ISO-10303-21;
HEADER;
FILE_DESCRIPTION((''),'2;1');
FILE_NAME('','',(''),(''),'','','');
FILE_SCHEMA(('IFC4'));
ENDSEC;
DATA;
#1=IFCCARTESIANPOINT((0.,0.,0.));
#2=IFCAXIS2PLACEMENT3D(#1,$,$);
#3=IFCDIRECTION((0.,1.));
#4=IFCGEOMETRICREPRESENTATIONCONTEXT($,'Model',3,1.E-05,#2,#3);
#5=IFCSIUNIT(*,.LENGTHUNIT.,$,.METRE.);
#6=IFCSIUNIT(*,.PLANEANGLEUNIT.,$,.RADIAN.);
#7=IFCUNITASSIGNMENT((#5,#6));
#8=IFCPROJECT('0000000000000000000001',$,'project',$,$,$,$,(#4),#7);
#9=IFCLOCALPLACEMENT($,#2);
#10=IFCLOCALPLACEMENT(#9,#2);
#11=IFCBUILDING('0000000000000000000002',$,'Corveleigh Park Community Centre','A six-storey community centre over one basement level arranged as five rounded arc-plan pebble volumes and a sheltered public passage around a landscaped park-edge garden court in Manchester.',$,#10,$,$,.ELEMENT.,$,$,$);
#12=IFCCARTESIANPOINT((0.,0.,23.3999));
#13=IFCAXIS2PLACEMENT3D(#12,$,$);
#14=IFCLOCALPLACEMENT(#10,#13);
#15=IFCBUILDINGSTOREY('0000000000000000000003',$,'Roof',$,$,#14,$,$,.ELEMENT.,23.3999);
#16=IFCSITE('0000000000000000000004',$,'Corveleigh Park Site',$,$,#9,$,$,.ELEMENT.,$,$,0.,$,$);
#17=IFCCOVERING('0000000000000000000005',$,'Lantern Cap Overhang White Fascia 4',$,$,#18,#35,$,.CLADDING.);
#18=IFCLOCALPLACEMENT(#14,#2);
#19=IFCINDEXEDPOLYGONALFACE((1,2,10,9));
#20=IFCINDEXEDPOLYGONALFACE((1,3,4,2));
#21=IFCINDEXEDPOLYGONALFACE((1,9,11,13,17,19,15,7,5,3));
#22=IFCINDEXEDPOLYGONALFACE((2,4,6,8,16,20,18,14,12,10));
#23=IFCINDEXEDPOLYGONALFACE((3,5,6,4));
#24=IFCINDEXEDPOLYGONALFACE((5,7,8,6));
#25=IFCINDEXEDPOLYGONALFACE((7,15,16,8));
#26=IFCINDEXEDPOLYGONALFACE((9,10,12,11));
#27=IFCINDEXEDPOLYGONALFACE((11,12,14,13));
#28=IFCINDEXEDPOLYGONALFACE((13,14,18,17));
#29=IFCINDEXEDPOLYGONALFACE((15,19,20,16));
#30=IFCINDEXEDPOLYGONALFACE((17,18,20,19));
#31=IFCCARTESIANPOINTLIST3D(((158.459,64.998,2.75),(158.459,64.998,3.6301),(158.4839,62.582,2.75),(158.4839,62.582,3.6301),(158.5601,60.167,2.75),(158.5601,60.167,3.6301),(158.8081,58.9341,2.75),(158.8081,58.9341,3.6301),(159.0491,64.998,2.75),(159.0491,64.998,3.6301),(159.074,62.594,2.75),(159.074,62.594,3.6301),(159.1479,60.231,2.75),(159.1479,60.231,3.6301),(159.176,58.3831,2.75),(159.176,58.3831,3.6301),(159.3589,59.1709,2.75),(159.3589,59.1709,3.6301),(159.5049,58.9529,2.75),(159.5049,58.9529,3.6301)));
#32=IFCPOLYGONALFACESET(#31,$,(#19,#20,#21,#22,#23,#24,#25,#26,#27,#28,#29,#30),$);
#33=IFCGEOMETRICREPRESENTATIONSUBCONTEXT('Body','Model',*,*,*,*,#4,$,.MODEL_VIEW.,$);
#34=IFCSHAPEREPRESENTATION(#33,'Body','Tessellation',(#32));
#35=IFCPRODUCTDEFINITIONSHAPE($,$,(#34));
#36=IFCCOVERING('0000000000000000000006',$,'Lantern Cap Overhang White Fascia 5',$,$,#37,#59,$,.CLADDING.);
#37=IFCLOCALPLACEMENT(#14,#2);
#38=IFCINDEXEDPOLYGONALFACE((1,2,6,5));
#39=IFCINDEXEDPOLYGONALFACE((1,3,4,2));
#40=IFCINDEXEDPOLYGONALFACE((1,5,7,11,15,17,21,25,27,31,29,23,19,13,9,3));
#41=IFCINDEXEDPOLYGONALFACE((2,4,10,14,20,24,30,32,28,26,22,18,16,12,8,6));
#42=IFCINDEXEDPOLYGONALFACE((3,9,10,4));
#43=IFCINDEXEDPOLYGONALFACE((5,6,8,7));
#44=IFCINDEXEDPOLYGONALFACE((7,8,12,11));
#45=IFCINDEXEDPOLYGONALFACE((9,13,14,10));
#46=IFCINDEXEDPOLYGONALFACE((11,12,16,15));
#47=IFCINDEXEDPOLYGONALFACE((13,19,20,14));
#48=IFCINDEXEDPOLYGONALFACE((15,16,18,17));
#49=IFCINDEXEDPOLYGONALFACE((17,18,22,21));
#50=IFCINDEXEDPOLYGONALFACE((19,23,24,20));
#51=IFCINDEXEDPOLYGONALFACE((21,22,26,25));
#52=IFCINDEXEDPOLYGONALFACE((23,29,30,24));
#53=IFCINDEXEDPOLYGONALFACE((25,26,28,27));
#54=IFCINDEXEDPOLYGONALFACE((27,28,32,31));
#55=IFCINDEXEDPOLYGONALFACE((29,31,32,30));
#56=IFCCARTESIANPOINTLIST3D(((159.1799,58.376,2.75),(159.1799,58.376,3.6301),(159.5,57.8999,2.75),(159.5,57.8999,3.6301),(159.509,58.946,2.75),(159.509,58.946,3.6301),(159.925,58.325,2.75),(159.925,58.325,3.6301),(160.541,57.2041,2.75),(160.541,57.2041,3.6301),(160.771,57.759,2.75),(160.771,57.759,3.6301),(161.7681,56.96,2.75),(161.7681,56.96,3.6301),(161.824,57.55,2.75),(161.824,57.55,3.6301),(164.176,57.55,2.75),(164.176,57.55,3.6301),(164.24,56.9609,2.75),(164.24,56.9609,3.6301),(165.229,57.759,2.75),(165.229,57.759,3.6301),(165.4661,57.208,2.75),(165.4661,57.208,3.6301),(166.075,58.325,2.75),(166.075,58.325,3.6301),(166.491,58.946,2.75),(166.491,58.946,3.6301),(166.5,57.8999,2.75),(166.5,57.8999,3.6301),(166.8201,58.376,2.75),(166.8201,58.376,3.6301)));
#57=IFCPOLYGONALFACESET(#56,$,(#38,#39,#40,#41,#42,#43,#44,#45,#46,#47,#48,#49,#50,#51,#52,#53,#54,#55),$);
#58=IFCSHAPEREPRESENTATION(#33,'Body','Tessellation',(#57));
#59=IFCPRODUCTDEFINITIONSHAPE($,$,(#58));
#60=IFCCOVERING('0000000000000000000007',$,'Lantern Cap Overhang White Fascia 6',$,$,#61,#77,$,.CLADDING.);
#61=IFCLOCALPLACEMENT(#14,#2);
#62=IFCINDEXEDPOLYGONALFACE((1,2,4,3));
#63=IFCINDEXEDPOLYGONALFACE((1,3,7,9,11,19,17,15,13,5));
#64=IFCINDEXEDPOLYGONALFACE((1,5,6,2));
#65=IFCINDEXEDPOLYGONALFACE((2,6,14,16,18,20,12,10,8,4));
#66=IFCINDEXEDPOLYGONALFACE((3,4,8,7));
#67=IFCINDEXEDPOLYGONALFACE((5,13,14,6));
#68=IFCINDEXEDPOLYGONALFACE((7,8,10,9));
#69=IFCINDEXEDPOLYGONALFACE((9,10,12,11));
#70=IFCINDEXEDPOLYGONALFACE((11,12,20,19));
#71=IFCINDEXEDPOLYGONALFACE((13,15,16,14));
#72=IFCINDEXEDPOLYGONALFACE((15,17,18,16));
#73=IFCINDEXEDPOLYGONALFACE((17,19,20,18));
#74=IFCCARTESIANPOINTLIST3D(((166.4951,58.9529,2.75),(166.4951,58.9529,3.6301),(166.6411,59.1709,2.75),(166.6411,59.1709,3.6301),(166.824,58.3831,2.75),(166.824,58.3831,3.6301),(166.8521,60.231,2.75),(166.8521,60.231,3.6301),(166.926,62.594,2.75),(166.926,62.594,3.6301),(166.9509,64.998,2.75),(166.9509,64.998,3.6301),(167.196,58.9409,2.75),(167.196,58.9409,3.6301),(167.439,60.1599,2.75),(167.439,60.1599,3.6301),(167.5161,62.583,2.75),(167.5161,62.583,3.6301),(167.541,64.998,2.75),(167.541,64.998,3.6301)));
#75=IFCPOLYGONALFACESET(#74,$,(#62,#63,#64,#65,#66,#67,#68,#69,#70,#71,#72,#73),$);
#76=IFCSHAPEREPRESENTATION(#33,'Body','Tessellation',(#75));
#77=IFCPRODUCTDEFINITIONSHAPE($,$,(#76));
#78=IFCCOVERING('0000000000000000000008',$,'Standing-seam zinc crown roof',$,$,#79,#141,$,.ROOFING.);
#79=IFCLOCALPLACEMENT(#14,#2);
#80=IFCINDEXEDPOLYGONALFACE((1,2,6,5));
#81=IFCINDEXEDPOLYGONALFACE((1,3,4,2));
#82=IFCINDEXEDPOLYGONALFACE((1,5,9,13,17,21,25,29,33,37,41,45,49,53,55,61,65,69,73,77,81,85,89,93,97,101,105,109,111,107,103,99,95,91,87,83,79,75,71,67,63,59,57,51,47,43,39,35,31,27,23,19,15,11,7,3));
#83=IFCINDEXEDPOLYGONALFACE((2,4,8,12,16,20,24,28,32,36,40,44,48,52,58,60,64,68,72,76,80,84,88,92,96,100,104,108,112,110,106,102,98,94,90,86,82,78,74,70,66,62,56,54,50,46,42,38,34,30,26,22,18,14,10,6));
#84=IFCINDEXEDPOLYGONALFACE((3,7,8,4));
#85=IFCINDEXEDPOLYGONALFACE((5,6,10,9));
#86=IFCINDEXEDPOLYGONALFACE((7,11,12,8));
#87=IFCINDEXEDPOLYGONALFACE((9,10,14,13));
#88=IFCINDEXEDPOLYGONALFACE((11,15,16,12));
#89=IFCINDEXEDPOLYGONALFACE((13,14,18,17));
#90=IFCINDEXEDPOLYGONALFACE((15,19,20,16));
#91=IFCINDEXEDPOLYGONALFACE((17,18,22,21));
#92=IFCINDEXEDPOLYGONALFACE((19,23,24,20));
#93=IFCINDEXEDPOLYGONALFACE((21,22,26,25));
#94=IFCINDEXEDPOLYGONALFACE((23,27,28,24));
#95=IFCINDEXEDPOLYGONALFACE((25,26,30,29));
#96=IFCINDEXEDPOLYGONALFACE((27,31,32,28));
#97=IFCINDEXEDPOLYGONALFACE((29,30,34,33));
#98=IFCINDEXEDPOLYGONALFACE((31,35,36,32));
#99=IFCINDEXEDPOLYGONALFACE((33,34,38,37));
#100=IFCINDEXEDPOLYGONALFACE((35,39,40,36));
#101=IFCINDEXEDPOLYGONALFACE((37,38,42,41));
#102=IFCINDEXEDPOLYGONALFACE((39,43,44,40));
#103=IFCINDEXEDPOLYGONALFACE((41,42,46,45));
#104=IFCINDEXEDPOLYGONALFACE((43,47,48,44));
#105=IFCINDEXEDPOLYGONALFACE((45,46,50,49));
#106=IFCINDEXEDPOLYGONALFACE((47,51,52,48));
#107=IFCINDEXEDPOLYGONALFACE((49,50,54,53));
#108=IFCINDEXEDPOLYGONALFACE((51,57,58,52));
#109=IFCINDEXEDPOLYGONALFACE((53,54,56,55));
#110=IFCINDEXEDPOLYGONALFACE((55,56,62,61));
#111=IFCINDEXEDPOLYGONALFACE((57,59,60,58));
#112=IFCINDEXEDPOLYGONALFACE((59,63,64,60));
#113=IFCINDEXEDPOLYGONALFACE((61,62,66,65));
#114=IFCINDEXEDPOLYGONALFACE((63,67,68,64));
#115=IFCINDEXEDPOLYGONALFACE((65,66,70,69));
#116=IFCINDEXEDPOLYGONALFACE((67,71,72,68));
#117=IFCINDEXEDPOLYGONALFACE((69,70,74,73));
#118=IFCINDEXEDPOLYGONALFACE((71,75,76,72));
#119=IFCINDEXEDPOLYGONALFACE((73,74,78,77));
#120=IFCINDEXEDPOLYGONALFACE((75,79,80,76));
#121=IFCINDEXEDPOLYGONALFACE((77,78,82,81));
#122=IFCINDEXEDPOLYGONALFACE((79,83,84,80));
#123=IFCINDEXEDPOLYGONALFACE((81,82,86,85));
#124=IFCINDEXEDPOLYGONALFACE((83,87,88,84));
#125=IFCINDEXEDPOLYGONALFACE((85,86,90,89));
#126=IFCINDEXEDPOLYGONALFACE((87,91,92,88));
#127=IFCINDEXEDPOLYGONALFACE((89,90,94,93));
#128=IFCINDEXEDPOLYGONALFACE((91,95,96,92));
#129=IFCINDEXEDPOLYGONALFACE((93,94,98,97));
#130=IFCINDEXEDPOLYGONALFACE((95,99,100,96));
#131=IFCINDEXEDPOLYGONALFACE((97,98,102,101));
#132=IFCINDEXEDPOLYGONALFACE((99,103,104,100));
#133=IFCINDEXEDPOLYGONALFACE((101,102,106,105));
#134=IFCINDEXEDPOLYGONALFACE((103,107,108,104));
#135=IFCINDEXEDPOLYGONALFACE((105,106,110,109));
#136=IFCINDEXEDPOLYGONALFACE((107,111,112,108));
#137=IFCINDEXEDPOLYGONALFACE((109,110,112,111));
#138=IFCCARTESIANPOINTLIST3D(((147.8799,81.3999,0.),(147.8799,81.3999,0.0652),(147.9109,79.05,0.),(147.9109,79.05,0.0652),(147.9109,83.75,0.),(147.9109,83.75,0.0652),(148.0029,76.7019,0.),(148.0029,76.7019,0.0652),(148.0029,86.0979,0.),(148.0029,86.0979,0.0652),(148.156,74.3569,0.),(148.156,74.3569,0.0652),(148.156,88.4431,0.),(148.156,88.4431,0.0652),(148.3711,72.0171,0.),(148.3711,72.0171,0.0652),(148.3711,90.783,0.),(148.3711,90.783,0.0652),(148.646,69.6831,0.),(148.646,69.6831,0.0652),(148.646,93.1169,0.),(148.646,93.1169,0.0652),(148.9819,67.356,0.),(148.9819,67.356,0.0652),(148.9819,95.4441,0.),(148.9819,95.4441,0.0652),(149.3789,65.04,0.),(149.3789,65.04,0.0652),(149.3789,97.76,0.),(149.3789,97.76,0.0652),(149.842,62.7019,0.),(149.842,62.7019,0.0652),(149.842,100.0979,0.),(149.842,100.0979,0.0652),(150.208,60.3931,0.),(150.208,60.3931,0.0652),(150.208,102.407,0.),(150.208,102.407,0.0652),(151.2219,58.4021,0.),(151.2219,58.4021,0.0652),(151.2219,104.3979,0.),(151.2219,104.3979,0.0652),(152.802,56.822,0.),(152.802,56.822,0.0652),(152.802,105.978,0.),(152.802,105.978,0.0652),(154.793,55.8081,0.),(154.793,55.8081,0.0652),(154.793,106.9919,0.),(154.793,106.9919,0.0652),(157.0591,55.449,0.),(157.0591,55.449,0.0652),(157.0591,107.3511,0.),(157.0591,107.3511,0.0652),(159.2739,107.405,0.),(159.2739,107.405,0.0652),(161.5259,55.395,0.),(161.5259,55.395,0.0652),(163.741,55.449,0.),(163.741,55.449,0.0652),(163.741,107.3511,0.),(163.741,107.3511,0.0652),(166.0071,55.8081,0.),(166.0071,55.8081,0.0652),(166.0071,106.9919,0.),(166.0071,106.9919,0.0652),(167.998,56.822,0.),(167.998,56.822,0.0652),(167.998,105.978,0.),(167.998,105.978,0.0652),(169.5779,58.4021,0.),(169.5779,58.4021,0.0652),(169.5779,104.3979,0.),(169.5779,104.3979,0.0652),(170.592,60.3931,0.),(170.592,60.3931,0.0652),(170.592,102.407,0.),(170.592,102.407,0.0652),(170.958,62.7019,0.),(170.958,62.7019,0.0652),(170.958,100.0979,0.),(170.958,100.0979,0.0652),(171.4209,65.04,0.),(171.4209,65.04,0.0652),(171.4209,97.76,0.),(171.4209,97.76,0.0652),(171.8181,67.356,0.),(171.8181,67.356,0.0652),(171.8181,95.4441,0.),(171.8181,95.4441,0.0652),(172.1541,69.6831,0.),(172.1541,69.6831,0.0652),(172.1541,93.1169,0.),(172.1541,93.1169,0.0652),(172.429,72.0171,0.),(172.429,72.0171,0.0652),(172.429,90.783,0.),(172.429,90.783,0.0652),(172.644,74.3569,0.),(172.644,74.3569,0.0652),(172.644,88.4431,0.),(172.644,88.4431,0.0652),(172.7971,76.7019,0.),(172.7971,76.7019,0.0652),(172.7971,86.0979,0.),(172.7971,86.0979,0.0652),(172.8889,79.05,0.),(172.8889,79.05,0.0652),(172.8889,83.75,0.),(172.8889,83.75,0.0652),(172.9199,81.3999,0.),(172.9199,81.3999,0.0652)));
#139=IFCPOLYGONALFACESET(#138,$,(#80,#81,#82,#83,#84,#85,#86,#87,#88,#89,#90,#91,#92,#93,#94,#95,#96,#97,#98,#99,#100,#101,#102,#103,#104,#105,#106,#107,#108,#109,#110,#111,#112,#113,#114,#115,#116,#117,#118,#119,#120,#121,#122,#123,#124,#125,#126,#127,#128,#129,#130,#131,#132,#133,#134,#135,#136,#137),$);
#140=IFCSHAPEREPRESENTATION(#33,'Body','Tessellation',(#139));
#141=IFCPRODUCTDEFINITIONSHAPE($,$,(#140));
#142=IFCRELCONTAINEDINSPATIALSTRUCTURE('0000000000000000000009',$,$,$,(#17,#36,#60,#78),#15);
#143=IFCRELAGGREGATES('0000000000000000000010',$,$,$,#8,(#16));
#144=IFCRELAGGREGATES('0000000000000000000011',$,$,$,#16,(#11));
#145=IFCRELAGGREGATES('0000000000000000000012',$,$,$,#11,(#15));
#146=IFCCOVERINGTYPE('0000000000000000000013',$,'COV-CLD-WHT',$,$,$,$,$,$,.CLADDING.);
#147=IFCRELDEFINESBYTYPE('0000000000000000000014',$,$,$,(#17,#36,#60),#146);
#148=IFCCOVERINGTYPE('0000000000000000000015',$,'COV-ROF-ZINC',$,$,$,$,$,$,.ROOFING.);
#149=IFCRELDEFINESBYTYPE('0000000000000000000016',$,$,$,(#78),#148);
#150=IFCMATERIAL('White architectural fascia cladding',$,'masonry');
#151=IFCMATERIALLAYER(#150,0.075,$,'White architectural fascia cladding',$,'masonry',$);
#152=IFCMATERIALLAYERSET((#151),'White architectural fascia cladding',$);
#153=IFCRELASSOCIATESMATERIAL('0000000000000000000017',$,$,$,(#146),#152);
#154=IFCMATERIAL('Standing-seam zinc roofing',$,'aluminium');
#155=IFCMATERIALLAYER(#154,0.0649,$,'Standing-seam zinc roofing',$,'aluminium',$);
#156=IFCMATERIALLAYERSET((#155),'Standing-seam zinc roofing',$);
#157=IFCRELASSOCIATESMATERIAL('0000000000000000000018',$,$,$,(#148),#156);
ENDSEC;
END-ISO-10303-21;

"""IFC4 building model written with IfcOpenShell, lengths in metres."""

from ifc_helpers import new_model, si_unit, direction, frame, origin, place, context, subcontext, project, spatial, polyline, outline, extrude, material, layer, layer_set, type_object, element, save


model = new_model("IFC4")

# Units and contexts
model_context = context("Model", 3, precision=1e-05, world=origin(), true_north=direction((0.0, 1.0)))
body_context = subcontext(model_context, "Body", "Model", "MODEL_VIEW")
ifc_project = project(units=[si_unit("LENGTHUNIT", "METRE"), si_unit("PLANEANGLEUNIT", "RADIAN")], contexts=[model_context])

# Site, building, storey
site_placement = place(None, origin())
site = spatial("IfcSite", under=ifc_project, at=site_placement, Name="Corveleigh Park Site", CompositionType="ELEMENT", RefElevation=0.0)
building_placement = place(site_placement, origin())
building = spatial("IfcBuilding", under=site, at=building_placement, Name="Corveleigh Park Community Centre", Description="A six-storey community centre over one basement level arranged as five rounded arc-plan pebble volumes and a sheltered public passage around a landscaped park-edge garden court in Manchester.", CompositionType="ELEMENT")
storey_placement = place(building_placement, frame((0.0, 0.0, 23.3999)))
storey = spatial("IfcBuildingStorey", under=building, at=storey_placement, Name="Roof", CompositionType="ELEMENT", Elevation=23.3999)

# Coverings
ifc_material_1 = material(Name="White architectural fascia cladding", Category="masonry")
ifc_layer_1 = layer(ifc_material_1, 0.075, Name="White architectural fascia cladding", Category="masonry")
ifc_layer_set_1 = layer_set([ifc_layer_1], Name="White architectural fascia cladding")
covering_type_1 = type_object("IfcCoveringType", Name="COV-CLD-WHT", PredefinedType="CLADDING", material=ifc_layer_set_1)
covering_1_placement = place(storey_placement, frame((0.0, 0.0, 2.75)))
element("IfcCovering", 1, at=covering_1_placement, inside=storey, type_object=covering_type_1, Name="Lantern Cap Overhang White Fascia 4", PredefinedType="CLADDING", context=body_context, shape_type="SweptSolid", body=[
    extrude(outline(polyline([(158.8081, 58.9341), (158.5601, 60.167), (158.4839, 62.582), (158.459, 64.998), (159.0491, 64.998), (159.074, 62.594), (159.1479, 60.231), (159.3589, 59.1709), (159.5049, 58.9529), (159.176, 58.3831), (158.8081, 58.9341)])), origin(), (0.0, 0.0, 1.0), 0.8801),
])
covering_2_placement = place(storey_placement, frame((0.0, 0.0, 2.75)))
element("IfcCovering", 2, at=covering_2_placement, inside=storey, type_object=covering_type_1, Name="Lantern Cap Overhang White Fascia 5", PredefinedType="CLADDING", context=body_context, shape_type="SweptSolid", body=[
    extrude(outline(polyline([(160.541, 57.2041), (159.5, 57.8999), (159.1799, 58.376), (159.509, 58.946), (159.925, 58.325), (160.771, 57.759), (161.824, 57.55), (164.176, 57.55), (165.229, 57.759), (166.075, 58.325), (166.491, 58.946), (166.8201, 58.376), (166.5, 57.8999), (165.4661, 57.208), (164.24, 56.9609), (161.7681, 56.96), (160.541, 57.2041)])), origin(), (0.0, 0.0, 1.0), 0.8801),
])
covering_3_placement = place(storey_placement, frame((0.0, 0.0, 2.75)))
element("IfcCovering", 3, at=covering_3_placement, inside=storey, type_object=covering_type_1, Name="Lantern Cap Overhang White Fascia 6", PredefinedType="CLADDING", context=body_context, shape_type="SweptSolid", body=[
    extrude(outline(polyline([(167.5161, 62.583), (167.439, 60.1599), (167.196, 58.9409), (166.824, 58.3831), (166.4951, 58.9529), (166.6411, 59.1709), (166.8521, 60.231), (166.926, 62.594), (166.9509, 64.998), (167.541, 64.998), (167.5161, 62.583)])), origin(), (0.0, 0.0, 1.0), 0.8801),
])
ifc_material_2 = material(Name="Standing-seam zinc roofing", Category="aluminium")
ifc_layer_2 = layer(ifc_material_2, 0.0649, Name="Standing-seam zinc roofing", Category="aluminium")
ifc_layer_set_2 = layer_set([ifc_layer_2], Name="Standing-seam zinc roofing")
covering_type_2 = type_object("IfcCoveringType", Name="COV-ROF-ZINC", PredefinedType="ROOFING", material=ifc_layer_set_2)
covering_4_placement = place(storey_placement, origin())
element("IfcCovering", 4, at=covering_4_placement, inside=storey, type_object=covering_type_2, Name="Standing-seam zinc crown roof", PredefinedType="ROOFING", context=body_context, shape_type="SweptSolid", body=[
    extrude(outline(polyline([(154.793, 55.8081), (152.802, 56.822), (151.2219, 58.4021), (150.208, 60.3931), (149.842, 62.7019), (149.3789, 65.04), (148.9819, 67.356), (148.646, 69.6831), (148.3711, 72.0171), (148.156, 74.3569), (148.0029, 76.7019), (147.9109, 79.05), (147.8799, 81.3999), (147.9109, 83.75), (148.0029, 86.0979), (148.156, 88.4431), (148.3711, 90.783), (148.646, 93.1169), (148.9819, 95.4441), (149.3789, 97.76), (149.842, 100.0979), (150.208, 102.407), (151.2219, 104.3979), (152.802, 105.978), (154.793, 106.9919), (157.0591, 107.3511), (159.2739, 107.405), (163.741, 107.3511), (166.0071, 106.9919), (167.998, 105.978), (169.5779, 104.3979), (170.592, 102.407), (170.958, 100.0979), (171.4209, 97.76), (171.8181, 95.4441), (172.1541, 93.1169), (172.429, 90.783), (172.644, 88.4431), (172.7971, 86.0979), (172.8889, 83.75), (172.9199, 81.3999), (172.8889, 79.05), (172.7971, 76.7019), (172.644, 74.3569), (172.429, 72.0171), (172.1541, 69.6831), (171.8181, 67.356), (171.4209, 65.04), (170.958, 62.7019), (170.592, 60.3931), (169.5779, 58.4021), (167.998, 56.822), (166.0071, 55.8081), (163.741, 55.449), (161.5259, 55.395), (157.0591, 55.449), (154.793, 55.8081)])), origin(), (0.0, 0.0, 1.0), 0.0652),
])

save(model, "model.ifc")
